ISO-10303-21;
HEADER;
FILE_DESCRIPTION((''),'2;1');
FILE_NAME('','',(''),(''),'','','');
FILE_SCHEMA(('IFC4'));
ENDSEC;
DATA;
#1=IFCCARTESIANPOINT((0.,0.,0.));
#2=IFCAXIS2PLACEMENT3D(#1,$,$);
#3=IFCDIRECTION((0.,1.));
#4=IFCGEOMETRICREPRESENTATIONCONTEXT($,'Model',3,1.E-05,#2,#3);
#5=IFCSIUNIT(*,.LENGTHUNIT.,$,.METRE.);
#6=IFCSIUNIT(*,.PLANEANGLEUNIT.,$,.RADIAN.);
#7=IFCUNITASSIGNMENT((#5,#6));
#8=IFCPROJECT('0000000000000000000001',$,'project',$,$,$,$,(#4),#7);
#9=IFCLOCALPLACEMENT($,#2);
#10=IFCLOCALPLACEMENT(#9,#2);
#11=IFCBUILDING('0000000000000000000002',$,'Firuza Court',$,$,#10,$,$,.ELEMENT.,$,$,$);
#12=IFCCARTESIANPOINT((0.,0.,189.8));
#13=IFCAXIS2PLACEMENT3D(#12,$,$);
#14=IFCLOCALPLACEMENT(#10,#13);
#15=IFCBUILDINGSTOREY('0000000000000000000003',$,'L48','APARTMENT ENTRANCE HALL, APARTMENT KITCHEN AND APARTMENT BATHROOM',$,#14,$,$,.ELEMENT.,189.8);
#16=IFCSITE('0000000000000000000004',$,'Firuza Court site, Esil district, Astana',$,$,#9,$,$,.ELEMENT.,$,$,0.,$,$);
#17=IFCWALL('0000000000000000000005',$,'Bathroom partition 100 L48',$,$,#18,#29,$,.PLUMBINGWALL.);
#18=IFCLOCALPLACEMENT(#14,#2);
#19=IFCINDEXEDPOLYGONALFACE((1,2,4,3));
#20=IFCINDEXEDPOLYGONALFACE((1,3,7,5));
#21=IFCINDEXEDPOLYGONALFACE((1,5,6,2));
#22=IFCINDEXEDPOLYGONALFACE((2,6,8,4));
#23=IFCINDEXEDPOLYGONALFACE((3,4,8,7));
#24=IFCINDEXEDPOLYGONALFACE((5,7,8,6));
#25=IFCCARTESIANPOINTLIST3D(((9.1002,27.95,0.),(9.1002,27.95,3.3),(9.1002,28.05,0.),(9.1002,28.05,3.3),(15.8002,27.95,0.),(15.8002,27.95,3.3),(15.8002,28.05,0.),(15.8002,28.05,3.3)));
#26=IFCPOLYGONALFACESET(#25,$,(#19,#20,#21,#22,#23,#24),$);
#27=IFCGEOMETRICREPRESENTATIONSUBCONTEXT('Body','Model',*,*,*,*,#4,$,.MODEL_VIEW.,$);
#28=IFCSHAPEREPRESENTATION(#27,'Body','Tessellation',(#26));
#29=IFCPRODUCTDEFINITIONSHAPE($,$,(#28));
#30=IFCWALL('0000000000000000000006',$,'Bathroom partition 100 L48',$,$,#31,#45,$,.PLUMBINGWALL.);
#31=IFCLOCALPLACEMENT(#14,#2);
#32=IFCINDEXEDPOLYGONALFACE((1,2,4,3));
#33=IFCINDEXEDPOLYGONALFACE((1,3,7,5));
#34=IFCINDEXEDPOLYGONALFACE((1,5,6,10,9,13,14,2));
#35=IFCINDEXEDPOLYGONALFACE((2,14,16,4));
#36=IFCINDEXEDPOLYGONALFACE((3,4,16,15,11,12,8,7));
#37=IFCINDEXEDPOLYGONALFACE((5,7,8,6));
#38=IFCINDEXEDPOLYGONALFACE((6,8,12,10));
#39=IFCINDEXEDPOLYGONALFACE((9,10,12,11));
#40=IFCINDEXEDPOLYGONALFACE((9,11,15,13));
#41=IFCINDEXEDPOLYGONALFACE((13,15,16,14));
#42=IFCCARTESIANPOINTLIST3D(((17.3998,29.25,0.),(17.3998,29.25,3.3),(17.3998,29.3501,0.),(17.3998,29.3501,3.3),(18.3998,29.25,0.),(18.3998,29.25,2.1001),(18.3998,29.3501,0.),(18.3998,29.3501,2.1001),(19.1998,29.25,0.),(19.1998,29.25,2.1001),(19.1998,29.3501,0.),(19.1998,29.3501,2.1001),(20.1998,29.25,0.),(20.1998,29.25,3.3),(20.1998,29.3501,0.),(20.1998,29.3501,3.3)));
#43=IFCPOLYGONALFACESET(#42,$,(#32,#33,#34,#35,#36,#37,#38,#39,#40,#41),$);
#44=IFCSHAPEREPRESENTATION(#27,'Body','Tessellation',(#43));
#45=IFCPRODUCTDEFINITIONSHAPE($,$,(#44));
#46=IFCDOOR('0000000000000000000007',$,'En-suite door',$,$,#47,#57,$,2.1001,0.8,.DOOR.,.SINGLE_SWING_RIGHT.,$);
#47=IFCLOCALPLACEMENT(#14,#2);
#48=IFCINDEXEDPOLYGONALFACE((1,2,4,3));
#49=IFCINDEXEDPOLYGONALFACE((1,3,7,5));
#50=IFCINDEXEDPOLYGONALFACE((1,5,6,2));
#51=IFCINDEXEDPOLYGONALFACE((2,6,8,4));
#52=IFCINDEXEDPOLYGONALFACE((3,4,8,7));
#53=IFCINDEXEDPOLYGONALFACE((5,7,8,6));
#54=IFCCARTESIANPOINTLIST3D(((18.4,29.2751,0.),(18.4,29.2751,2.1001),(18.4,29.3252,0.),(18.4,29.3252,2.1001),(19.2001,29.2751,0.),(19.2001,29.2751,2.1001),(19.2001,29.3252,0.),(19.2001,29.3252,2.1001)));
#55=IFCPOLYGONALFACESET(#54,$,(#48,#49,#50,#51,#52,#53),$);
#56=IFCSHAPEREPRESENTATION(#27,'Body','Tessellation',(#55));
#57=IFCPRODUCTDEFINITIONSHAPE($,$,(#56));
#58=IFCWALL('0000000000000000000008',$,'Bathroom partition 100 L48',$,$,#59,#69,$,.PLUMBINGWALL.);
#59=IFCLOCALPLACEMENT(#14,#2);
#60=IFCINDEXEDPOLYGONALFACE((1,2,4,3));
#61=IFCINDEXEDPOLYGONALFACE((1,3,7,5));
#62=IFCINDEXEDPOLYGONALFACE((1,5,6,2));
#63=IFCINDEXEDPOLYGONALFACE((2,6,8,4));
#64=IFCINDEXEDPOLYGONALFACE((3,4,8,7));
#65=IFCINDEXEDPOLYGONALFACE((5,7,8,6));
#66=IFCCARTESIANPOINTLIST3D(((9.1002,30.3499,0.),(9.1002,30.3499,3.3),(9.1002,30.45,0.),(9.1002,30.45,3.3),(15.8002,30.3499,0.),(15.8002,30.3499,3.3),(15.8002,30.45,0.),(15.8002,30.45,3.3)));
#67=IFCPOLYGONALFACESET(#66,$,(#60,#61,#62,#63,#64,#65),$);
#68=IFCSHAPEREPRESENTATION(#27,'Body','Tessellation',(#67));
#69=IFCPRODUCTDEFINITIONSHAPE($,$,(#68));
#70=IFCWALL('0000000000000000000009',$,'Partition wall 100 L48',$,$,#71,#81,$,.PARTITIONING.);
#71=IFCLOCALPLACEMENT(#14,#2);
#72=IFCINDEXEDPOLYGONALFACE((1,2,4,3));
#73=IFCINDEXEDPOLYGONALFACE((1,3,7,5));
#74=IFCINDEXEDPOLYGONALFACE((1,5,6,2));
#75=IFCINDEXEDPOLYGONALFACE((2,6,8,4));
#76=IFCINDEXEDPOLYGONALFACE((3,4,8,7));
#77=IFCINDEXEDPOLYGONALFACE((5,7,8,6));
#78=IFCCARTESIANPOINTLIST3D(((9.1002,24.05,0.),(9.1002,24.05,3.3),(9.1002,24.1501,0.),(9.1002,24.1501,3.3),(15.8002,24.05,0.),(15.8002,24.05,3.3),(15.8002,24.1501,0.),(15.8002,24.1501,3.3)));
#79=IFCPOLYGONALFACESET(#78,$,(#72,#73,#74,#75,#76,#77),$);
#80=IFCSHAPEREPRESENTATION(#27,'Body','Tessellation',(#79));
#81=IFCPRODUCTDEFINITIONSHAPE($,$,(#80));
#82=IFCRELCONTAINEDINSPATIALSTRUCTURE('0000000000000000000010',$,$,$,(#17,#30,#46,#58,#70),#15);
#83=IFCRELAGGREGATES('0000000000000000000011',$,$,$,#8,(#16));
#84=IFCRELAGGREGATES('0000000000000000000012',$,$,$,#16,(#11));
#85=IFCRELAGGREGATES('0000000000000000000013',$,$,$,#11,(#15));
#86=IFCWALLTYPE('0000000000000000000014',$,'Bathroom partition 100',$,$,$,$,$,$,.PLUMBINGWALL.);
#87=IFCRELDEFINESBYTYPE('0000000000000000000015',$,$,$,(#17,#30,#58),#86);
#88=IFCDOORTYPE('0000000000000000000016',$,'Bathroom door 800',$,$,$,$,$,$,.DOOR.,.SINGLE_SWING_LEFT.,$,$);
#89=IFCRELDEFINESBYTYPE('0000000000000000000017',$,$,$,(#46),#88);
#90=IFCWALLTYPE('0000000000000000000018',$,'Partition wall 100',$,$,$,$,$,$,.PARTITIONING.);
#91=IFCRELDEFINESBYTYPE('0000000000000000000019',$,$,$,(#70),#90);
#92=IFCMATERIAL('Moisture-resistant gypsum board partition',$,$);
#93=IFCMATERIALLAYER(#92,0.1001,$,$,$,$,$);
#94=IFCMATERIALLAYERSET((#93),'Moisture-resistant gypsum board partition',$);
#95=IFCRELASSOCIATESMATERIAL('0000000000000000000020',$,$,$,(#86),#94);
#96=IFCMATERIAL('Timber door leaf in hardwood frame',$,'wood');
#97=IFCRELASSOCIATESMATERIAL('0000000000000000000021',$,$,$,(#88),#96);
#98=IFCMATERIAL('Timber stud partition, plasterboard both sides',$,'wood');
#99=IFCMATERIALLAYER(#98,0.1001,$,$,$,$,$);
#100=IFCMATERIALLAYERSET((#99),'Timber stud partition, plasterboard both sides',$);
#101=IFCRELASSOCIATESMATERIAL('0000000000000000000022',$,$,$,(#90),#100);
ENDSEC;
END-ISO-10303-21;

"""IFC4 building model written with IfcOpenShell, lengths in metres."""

from ifc_helpers import new_model, si_unit, direction, frame, frame_2d, origin, place, context, subcontext, project, spatial, rectangle, extrude, material, layer, layer_set, type_object, element, fill, save


model = new_model("IFC4")

# Units and contexts
model_context = context("Model", 3, precision=1e-05, world=origin(), true_north=direction((0.0, 1.0)))
body_context = subcontext(model_context, "Body", "Model", "MODEL_VIEW")
ifc_project = project(units=[si_unit("LENGTHUNIT", "METRE"), si_unit("PLANEANGLEUNIT", "RADIAN")], contexts=[model_context])

# Site, building, storey
site_placement = place(None, origin())
site = spatial("IfcSite", under=ifc_project, at=site_placement, Name="Firuza Court site, Esil district, Astana", CompositionType="ELEMENT", RefElevation=0.0)
building_placement = place(site_placement, origin())
building = spatial("IfcBuilding", under=site, at=building_placement, Name="Firuza Court", CompositionType="ELEMENT")
storey_placement = place(building_placement, frame((0.0, 0.0, 189.8)))
storey = spatial("IfcBuildingStorey", under=building, at=storey_placement, Name="L48", Description="APARTMENT ENTRANCE HALL, APARTMENT KITCHEN AND APARTMENT BATHROOM", CompositionType="ELEMENT", Elevation=189.8)

# Wall
ifc_material_1 = material(Name="Moisture-resistant gypsum board partition")
ifc_layer_1 = layer(ifc_material_1, 0.1001)
ifc_layer_set_1 = layer_set([ifc_layer_1], Name="Moisture-resistant gypsum board partition")
wall_type_1 = type_object("IfcWallType", Name="Bathroom partition 100", PredefinedType="PLUMBINGWALL", material=ifc_layer_set_1)
wall_1_placement = place(storey_placement, frame((9.1001, 28.0, 0.0), z_axis=(0.0, 0.0, 1.0), x_axis=(1.0, 0.0, 0.0)))
element("IfcWall", 1, at=wall_1_placement, inside=storey, type_object=wall_type_1, Name="Bathroom partition 100 L48", PredefinedType="PLUMBINGWALL", context=body_context, shape_type="SweptSolid", body=[
    extrude(rectangle(XDim=6.7, YDim=0.1001, at=frame_2d((3.3501, 0.0))), origin(), (0.0, 0.0, 1.0), 3.3),
])

# Wall, opening, door
wall_2_placement = place(storey_placement, frame((17.3999, 29.3, 0.0), z_axis=(0.0, 0.0, 1.0), x_axis=(1.0, 0.0, 0.0)))
wall_2 = element("IfcWall", 2, at=wall_2_placement, inside=storey, type_object=wall_type_1, Name="Bathroom partition 100 L48", PredefinedType="PLUMBINGWALL", context=body_context, shape_type="SweptSolid", body=[
    extrude(rectangle(XDim=2.8, YDim=0.1001, at=frame_2d((1.3999, 0.0))), origin(), (0.0, 0.0, 1.0), 3.3),
])
opening_1_placement = place(wall_2_placement, frame((1.0, 0.0, 0.0)))
opening_1 = element("IfcOpeningElement", 3, at=opening_1_placement, cuts=wall_2, PredefinedType="OPENING", context=body_context, shape_type="SweptSolid", body=[
    extrude(rectangle(XDim=0.8, YDim=2.1001, at=frame_2d((0.3999, 1.05))), frame((0.0, 0.062, 0.0), z_axis=(0.0, -1.0, 0.0), x_axis=(1.0, 0.0, 0.0)), (0.0, 0.0, 1.0), 0.124),
])
ifc_material_2 = material(Name="Timber door leaf in hardwood frame", Category="wood")
door_type_1 = type_object("IfcDoorType", Name="Bathroom door 800", OperationType="SINGLE_SWING_LEFT", PredefinedType="DOOR", material=ifc_material_2)
door_1_placement = place(opening_1_placement, frame((0.8, 0.0, 0.0), z_axis=(0.0, 0.0, 1.0), x_axis=(-1.0, 0.0, 0.0)))
door_1 = element("IfcDoor", 4, at=door_1_placement, inside=storey, type_object=door_type_1, Name="En-suite door", OperationType="SINGLE_SWING_RIGHT", OverallHeight=2.1001, OverallWidth=0.8, PredefinedType="DOOR", context=body_context, shape_type="SweptSolid", body=[
    extrude(rectangle(XDim=0.8, YDim=2.1001, at=frame_2d((0.3999, 1.05))), frame((0.0, 0.0249, 0.0), z_axis=(0.0, -1.0, 0.0), x_axis=(1.0, 0.0, 0.0)), (0.0, 0.0, 1.0), 0.05),
])
fill(opening_1, door_1)

# Walls
wall_3_placement = place(storey_placement, frame((9.1001, 30.3999, 0.0), z_axis=(0.0, 0.0, 1.0), x_axis=(1.0, 0.0, 0.0)))
element("IfcWall", 5, at=wall_3_placement, inside=storey, type_object=wall_type_1, Name="Bathroom partition 100 L48", PredefinedType="PLUMBINGWALL", context=body_context, shape_type="SweptSolid", body=[
    extrude(rectangle(XDim=6.7, YDim=0.1001, at=frame_2d((3.3501, 0.0))), origin(), (0.0, 0.0, 1.0), 3.3),
])
ifc_material_3 = material(Name="Timber stud partition, plasterboard both sides", Category="wood")
ifc_layer_2 = layer(ifc_material_3, 0.1001)
ifc_layer_set_2 = layer_set([ifc_layer_2], Name="Timber stud partition, plasterboard both sides")
wall_type_2 = type_object("IfcWallType", Name="Partition wall 100", PredefinedType="PARTITIONING", material=ifc_layer_set_2)
wall_4_placement = place(storey_placement, frame((9.1001, 24.1001, 0.0), z_axis=(0.0, 0.0, 1.0), x_axis=(1.0, 0.0, 0.0)))
element("IfcWall", 6, at=wall_4_placement, inside=storey, type_object=wall_type_2, Name="Partition wall 100 L48", PredefinedType="PARTITIONING", context=body_context, shape_type="SweptSolid", body=[
    extrude(rectangle(XDim=6.7, YDim=0.1001, at=frame_2d((3.3501, 0.0))), origin(), (0.0, 0.0, 1.0), 3.3),
])

save(model, "model.ifc")
